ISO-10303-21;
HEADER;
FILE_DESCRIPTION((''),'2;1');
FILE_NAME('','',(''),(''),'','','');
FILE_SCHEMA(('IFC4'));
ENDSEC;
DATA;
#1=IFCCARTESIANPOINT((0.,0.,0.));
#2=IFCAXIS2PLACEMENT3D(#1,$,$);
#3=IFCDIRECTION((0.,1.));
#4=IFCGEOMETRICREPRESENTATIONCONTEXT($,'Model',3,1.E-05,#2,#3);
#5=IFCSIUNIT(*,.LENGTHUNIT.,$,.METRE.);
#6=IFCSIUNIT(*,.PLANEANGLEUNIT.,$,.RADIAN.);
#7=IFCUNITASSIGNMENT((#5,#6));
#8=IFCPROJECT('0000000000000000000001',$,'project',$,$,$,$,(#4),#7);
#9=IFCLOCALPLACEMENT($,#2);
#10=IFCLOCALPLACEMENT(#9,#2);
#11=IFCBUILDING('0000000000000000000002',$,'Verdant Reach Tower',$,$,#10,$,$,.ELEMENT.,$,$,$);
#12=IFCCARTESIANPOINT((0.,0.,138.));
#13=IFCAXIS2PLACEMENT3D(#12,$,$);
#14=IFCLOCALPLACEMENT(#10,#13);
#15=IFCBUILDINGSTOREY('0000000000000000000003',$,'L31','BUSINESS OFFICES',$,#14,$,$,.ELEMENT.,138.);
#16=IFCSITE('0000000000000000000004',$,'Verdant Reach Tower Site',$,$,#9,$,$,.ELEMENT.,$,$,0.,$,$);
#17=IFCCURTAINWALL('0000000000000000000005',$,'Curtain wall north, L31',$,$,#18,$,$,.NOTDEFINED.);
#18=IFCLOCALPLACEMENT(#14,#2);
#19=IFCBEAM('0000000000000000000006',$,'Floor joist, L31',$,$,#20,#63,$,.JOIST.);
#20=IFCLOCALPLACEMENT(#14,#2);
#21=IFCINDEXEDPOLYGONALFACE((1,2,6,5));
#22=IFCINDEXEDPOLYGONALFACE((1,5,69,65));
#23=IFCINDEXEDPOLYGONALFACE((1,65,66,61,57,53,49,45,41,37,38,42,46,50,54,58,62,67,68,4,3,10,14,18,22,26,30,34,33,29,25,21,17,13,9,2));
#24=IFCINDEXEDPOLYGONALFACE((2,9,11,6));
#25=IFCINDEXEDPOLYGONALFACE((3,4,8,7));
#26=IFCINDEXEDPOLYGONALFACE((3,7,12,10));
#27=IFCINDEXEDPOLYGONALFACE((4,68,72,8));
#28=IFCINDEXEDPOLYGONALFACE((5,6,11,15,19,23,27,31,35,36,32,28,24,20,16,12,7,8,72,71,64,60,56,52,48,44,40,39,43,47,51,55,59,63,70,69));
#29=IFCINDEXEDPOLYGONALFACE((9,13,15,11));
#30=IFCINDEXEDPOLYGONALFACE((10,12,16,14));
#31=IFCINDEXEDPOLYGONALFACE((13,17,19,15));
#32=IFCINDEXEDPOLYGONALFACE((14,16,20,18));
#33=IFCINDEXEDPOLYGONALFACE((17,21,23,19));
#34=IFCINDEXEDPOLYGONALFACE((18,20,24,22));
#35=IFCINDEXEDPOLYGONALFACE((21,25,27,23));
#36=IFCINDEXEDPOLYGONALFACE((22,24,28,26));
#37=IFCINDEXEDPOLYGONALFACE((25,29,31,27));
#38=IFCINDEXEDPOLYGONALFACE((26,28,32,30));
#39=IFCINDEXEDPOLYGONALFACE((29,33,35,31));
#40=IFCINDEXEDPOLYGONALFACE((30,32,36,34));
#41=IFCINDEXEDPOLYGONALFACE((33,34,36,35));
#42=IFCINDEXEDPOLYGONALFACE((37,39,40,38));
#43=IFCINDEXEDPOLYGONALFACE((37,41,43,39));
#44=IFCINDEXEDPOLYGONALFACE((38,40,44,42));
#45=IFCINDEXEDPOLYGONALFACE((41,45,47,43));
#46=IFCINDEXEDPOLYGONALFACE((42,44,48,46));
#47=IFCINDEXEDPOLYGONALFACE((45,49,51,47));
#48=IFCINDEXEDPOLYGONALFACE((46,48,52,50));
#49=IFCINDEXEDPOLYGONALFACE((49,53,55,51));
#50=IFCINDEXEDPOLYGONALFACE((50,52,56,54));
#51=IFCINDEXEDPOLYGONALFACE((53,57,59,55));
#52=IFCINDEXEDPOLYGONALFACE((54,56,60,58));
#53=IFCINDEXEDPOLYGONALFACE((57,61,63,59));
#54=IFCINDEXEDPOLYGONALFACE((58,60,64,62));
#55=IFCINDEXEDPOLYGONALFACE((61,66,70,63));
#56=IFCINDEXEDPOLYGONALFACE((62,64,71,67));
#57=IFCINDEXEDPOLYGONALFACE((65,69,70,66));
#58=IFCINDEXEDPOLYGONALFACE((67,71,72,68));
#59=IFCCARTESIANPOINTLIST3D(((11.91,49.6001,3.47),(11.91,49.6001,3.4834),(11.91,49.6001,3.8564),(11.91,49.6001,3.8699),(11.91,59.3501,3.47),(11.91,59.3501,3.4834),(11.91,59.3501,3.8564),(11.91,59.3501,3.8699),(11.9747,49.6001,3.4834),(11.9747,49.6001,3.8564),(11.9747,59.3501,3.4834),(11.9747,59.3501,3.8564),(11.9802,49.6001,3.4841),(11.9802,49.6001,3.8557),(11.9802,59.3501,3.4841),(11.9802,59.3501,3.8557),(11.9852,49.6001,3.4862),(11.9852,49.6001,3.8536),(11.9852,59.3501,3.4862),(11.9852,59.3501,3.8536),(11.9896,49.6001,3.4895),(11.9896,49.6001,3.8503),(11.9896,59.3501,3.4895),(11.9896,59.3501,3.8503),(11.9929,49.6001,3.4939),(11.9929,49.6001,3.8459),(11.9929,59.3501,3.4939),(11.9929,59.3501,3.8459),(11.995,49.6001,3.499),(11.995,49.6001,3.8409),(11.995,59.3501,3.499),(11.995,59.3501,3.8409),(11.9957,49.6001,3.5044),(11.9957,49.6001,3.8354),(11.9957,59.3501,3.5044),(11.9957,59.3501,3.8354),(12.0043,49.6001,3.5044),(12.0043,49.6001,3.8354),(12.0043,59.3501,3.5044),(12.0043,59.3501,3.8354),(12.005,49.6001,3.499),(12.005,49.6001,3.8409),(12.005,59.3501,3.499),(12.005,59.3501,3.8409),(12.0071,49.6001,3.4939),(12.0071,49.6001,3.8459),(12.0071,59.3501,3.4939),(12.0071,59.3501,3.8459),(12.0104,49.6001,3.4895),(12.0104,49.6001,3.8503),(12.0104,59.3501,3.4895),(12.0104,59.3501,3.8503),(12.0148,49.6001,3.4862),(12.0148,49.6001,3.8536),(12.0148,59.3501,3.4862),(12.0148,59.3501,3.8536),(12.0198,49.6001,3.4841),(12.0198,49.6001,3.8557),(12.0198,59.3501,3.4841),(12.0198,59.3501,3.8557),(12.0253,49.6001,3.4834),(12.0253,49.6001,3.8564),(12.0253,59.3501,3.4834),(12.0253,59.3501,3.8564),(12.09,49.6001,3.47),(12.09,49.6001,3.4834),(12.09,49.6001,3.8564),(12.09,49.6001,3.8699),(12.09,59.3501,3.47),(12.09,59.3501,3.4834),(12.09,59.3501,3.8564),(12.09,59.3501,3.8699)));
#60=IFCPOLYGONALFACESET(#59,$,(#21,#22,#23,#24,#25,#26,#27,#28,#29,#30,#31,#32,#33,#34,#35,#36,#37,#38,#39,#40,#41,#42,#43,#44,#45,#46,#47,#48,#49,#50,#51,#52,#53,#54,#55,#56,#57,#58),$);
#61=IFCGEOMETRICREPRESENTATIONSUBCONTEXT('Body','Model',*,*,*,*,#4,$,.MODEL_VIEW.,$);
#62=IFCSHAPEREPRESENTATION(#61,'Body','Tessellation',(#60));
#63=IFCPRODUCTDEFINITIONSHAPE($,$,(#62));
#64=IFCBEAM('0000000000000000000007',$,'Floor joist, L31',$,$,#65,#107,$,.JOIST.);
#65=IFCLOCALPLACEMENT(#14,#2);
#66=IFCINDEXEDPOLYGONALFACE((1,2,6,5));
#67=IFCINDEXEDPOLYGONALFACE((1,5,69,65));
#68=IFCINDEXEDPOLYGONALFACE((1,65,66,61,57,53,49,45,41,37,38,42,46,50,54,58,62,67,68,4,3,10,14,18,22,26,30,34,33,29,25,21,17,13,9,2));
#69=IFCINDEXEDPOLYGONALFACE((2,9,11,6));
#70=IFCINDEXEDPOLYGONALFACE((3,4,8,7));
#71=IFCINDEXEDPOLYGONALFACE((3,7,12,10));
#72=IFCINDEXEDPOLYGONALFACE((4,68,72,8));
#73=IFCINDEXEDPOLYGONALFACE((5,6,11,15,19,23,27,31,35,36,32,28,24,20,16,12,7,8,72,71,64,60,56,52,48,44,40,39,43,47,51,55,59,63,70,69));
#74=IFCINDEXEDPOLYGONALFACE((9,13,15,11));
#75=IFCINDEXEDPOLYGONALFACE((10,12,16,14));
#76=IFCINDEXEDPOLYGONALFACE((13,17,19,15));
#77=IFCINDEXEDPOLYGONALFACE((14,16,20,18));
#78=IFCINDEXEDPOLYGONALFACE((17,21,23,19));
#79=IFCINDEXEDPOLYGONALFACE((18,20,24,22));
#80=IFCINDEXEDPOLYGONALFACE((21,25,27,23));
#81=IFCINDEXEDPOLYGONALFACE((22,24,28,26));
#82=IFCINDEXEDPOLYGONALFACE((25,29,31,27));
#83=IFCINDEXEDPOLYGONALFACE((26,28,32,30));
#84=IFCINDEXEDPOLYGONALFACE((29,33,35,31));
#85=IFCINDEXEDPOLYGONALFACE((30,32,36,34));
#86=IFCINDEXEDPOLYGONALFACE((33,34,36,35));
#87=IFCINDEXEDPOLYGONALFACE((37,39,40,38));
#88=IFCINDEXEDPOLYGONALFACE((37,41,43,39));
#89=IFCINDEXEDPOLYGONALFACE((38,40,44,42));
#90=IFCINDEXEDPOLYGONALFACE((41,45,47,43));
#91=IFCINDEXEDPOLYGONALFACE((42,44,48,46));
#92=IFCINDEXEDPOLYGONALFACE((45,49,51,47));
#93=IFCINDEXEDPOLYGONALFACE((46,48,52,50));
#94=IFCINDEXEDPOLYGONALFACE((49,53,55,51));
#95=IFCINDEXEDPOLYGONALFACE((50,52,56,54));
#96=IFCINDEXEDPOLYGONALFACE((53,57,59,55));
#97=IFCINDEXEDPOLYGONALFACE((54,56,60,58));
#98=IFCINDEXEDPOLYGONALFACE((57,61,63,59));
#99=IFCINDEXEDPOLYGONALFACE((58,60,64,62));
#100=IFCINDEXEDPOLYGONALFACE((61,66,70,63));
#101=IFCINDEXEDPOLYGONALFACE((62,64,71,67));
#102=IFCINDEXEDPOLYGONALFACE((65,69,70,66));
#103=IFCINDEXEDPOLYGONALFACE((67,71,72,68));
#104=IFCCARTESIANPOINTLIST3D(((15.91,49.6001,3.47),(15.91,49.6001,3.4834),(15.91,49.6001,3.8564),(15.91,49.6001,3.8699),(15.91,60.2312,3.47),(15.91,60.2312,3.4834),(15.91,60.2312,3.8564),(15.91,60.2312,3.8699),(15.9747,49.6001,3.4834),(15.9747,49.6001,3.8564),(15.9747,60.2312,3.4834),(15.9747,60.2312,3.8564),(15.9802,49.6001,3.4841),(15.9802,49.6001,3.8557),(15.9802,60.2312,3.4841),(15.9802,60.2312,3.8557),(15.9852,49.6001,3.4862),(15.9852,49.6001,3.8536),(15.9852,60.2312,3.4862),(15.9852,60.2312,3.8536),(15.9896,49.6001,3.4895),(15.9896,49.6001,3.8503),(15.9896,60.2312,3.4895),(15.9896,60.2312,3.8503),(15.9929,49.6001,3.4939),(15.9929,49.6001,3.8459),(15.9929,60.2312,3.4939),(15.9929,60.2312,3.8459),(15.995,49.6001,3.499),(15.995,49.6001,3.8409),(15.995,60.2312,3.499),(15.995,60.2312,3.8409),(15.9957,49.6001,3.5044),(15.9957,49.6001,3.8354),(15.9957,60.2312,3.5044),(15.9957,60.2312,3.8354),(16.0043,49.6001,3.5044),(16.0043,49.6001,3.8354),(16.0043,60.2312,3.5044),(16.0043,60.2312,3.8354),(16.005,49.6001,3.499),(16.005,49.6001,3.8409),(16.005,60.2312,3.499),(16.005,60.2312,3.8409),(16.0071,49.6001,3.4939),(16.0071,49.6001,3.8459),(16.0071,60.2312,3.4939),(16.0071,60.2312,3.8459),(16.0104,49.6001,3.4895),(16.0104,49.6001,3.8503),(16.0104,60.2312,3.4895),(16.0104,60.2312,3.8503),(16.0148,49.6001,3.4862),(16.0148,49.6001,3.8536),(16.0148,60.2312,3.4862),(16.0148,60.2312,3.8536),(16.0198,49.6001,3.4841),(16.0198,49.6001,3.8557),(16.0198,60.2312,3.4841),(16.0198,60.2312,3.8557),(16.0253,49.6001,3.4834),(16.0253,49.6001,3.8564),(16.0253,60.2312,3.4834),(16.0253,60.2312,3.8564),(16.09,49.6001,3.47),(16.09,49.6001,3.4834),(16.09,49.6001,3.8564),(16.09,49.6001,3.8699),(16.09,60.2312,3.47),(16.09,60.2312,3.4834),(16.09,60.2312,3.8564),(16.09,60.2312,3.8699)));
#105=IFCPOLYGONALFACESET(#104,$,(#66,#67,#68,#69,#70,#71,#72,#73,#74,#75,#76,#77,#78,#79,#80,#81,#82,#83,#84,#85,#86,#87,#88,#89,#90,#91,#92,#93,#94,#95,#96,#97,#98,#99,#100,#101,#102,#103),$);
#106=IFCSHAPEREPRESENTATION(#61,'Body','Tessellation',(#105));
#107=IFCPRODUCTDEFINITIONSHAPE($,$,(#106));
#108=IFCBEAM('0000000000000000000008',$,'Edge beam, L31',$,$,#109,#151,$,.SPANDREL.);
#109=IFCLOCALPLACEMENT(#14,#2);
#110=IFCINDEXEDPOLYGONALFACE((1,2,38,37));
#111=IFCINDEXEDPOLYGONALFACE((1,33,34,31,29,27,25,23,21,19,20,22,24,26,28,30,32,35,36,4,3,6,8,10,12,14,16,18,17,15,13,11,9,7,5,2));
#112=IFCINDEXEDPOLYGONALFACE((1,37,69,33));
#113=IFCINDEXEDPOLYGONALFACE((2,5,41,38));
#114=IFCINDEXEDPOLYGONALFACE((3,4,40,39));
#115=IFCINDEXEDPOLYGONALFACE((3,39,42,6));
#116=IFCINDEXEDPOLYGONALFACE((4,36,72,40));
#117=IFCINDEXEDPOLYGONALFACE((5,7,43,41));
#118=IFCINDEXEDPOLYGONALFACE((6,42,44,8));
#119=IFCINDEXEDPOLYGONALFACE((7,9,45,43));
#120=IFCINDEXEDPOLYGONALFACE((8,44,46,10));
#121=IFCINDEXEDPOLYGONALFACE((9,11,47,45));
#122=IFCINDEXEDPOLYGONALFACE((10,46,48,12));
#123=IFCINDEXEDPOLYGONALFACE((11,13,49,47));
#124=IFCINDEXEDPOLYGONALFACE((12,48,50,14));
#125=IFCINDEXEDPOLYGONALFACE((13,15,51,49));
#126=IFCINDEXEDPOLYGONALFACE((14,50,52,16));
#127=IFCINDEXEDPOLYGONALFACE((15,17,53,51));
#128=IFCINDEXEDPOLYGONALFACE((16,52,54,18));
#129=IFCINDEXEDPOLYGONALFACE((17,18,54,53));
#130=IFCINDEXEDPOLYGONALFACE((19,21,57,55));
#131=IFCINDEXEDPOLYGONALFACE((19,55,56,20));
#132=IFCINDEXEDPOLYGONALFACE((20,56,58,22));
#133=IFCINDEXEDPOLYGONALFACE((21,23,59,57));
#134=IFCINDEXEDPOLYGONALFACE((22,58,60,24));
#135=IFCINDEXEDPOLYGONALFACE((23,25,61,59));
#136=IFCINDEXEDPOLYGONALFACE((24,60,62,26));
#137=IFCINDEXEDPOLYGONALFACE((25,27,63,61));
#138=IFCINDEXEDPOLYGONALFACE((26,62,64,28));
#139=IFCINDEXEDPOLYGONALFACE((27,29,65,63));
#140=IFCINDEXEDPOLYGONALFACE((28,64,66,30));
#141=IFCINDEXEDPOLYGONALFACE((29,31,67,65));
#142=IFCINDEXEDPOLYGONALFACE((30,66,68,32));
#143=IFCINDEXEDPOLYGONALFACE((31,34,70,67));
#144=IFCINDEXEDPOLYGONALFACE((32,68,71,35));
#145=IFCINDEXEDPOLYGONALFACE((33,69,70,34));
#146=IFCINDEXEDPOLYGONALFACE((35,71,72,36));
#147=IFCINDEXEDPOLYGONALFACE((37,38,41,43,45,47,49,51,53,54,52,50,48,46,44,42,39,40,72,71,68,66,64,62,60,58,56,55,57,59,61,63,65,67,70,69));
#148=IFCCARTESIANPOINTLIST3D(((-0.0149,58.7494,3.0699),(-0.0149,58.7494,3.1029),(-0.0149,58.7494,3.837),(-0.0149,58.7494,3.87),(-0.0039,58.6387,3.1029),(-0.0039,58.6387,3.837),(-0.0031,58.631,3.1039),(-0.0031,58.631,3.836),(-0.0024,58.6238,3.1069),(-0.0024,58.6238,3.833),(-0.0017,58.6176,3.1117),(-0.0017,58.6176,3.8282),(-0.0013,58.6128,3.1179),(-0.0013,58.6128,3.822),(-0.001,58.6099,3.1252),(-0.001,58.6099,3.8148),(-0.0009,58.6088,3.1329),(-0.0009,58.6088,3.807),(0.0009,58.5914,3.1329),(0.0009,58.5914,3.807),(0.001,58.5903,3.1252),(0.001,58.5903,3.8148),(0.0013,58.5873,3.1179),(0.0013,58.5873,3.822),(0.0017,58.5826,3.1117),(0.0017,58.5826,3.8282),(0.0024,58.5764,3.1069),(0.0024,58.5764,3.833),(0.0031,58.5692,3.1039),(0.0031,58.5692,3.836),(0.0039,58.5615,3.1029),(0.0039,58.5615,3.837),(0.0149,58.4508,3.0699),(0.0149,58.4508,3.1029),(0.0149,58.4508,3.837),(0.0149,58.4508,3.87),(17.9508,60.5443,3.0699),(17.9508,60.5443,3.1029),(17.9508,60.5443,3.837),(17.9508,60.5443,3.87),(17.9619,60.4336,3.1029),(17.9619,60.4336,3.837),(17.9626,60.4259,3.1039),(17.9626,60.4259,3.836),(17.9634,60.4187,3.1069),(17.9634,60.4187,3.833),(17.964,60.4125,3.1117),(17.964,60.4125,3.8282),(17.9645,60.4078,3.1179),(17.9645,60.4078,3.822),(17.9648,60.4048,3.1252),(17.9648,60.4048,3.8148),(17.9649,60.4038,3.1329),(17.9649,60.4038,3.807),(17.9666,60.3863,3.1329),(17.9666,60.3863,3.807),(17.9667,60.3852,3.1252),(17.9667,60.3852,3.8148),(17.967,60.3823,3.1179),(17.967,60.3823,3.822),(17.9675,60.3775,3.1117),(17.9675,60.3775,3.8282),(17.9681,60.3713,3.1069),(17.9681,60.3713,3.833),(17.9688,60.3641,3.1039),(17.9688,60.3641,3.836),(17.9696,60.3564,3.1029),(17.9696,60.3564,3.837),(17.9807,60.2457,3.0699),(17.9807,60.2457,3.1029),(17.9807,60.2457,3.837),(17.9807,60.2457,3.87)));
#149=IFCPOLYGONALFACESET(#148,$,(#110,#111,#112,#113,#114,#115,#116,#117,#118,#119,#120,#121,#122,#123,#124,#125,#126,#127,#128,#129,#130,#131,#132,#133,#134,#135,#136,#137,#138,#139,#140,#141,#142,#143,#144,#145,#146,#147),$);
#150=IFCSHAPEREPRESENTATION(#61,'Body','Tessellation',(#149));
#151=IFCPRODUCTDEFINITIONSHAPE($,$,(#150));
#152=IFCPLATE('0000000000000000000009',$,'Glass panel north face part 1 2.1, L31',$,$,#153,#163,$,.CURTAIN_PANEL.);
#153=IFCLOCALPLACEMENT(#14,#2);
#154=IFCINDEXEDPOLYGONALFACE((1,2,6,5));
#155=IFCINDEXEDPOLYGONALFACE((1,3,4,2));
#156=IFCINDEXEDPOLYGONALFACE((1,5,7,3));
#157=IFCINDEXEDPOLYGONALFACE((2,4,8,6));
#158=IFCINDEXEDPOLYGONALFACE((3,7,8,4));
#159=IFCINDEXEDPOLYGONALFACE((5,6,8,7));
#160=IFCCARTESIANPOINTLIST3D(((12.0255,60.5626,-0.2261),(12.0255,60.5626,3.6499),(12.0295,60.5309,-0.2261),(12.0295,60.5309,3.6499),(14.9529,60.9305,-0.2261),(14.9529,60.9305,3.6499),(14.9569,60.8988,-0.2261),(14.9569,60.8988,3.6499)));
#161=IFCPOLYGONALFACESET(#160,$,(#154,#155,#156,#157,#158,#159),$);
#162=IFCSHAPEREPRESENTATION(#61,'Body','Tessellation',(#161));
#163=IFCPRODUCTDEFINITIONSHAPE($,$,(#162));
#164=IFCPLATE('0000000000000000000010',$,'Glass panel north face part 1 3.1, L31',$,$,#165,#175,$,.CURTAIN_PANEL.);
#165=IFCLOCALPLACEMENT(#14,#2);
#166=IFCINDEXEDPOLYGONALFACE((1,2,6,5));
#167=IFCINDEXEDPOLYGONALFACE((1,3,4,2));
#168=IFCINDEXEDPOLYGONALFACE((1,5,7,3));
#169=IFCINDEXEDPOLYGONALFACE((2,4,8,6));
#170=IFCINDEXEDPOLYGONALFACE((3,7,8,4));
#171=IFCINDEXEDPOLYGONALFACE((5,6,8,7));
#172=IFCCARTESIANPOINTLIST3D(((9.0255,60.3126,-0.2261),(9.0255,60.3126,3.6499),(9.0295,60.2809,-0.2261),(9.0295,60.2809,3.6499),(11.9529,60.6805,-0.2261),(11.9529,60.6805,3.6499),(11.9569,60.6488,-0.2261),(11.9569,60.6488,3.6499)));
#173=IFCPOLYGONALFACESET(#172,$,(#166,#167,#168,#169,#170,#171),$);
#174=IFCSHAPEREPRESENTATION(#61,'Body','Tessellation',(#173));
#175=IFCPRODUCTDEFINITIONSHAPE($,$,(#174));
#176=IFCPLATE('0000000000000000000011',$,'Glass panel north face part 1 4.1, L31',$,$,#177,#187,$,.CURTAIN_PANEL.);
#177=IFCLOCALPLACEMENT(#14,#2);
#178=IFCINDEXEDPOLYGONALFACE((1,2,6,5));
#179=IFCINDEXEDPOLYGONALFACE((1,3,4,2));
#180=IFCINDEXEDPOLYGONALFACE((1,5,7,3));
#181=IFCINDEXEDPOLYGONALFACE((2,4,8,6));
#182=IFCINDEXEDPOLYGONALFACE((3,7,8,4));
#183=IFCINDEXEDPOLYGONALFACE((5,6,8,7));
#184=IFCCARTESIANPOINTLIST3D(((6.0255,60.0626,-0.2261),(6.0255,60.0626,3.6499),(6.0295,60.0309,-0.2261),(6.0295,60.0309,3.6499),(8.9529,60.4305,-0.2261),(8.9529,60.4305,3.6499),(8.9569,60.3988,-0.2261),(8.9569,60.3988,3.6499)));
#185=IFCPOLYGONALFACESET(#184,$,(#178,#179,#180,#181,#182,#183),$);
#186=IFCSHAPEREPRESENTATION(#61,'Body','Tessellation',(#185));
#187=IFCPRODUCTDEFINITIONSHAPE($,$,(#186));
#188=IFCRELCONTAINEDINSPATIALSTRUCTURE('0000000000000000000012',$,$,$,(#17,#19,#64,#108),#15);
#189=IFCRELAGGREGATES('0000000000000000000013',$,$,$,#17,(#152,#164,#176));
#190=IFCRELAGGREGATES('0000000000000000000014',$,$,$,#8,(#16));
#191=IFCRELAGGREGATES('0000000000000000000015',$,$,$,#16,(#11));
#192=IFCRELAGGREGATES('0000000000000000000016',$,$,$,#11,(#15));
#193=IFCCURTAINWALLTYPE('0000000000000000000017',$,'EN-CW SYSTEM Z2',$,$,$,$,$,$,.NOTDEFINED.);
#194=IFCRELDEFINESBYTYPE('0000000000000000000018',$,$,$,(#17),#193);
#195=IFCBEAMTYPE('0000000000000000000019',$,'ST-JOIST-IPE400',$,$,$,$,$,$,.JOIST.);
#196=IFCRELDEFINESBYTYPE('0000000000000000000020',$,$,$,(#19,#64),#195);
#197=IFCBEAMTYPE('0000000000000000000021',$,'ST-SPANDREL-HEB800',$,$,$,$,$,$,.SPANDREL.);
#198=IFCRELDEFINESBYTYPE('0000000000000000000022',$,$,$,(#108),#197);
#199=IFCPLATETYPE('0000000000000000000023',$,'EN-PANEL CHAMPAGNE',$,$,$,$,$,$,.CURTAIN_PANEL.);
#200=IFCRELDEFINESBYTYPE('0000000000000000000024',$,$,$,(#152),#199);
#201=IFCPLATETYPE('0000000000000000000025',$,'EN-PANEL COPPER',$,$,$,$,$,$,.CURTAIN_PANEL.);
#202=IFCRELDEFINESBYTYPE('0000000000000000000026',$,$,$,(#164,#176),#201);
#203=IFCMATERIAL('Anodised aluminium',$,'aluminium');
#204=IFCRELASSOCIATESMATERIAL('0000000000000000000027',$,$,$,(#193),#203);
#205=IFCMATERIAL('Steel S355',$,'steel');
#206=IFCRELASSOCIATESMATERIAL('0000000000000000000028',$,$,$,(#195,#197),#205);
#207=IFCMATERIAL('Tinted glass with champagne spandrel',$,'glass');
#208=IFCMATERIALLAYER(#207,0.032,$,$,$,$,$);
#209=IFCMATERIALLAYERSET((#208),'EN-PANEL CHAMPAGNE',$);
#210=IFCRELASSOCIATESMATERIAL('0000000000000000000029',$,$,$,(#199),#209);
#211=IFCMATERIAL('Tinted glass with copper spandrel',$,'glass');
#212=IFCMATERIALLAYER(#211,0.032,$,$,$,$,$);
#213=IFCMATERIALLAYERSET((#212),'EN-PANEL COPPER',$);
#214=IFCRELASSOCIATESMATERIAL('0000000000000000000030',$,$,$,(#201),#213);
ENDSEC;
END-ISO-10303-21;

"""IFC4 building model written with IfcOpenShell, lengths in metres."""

from ifc_helpers import new_model, si_unit, direction, frame, origin, origin_2d, place, context, subcontext, project, spatial, rectangle, i_section, extrude, material, layer, layer_set, material_profile, profile_set, type_object, element, aggregate, save


model = new_model("IFC4")

# Units and contexts
model_context = context("Model", 3, precision=1e-05, world=origin(), true_north=direction((0.0, 1.0)))
body_context = subcontext(model_context, "Body", "Model", "MODEL_VIEW")
ifc_project = project(units=[si_unit("LENGTHUNIT", "METRE"), si_unit("PLANEANGLEUNIT", "RADIAN")], contexts=[model_context])

# Site, building, storey
site_placement = place(None, origin())
site = spatial("IfcSite", under=ifc_project, at=site_placement, Name="Verdant Reach Tower Site", CompositionType="ELEMENT", RefElevation=0.0)
building_placement = place(site_placement, origin())
building = spatial("IfcBuilding", under=site, at=building_placement, Name="Verdant Reach Tower", CompositionType="ELEMENT")
storey_placement = place(building_placement, frame((0.0, 0.0, 138.0)))
storey = spatial("IfcBuildingStorey", under=building, at=storey_placement, Name="L31", Description="BUSINESS OFFICES", CompositionType="ELEMENT", Elevation=138.0)

# Curtain wall
ifc_material_1 = material(Name="Anodised aluminium", Category="aluminium")
curtain_wall_type = type_object("IfcCurtainWallType", Name="EN-CW SYSTEM Z2", PredefinedType="NOTDEFINED", material=ifc_material_1)
curtain_wall_placement = place(storey_placement, origin())
curtain_wall = element("IfcCurtainWall", 1, at=curtain_wall_placement, inside=storey, type_object=curtain_wall_type, Name="Curtain wall north, L31", PredefinedType="NOTDEFINED")

# Beams
ifc_material_2 = material(Name="Steel S355", Category="steel")
ifc_material_profile_1 = material_profile(ifc_material_2, i_section(OverallWidth=0.1799, OverallDepth=0.3999, WebThickness=0.0085, FlangeThickness=0.0134, FilletRadius=0.021, at=origin_2d()), Name="IPE 400")
ifc_profile_set_1 = profile_set([ifc_material_profile_1], Name="Steel S355")
beam_type_1 = type_object("IfcBeamType", Name="ST-JOIST-IPE400", PredefinedType="JOIST", material=ifc_profile_set_1)
beam_1_placement = place(storey_placement, frame((12.0, 49.6001, 3.6699), z_axis=(0.0, 1.0, 0.0), x_axis=(-1.0, 0.0, 0.0)))
element("IfcBeam", 2, at=beam_1_placement, inside=storey, type_object=beam_type_1, Name="Floor joist, L31", PredefinedType="JOIST", context=body_context, shape_type="SweptSolid", body=[
    extrude(i_section(OverallWidth=0.1799, OverallDepth=0.3999, WebThickness=0.0085, FlangeThickness=0.0134, FilletRadius=0.021, at=origin_2d()), origin(), (0.0, 0.0, 1.0), 9.75),
])
beam_2_placement = place(storey_placement, frame((16.0, 49.6001, 3.6699), z_axis=(0.0, 1.0, 0.0), x_axis=(-1.0, 0.0, 0.0)))
element("IfcBeam", 3, at=beam_2_placement, inside=storey, type_object=beam_type_1, Name="Floor joist, L31", PredefinedType="JOIST", context=body_context, shape_type="SweptSolid", body=[
    extrude(i_section(OverallWidth=0.1799, OverallDepth=0.3999, WebThickness=0.0085, FlangeThickness=0.0134, FilletRadius=0.021, at=origin_2d()), origin(), (0.0, 0.0, 1.0), 10.6311),
])
ifc_material_profile_2 = material_profile(ifc_material_2, i_section(OverallWidth=0.3, OverallDepth=0.8, WebThickness=0.0176, FlangeThickness=0.033, FilletRadius=0.03, at=origin_2d()), Name="HEB 800")
ifc_profile_set_2 = profile_set([ifc_material_profile_2], Name="Steel S355")
beam_type_2 = type_object("IfcBeamType", Name="ST-SPANDREL-HEB800", PredefinedType="SPANDREL", material=ifc_profile_set_2)
beam_3_placement = place(storey_placement, frame((0.0, 58.6001, 3.47), z_axis=(0.995046, 0.099413, 0.0), x_axis=(-0.099413, 0.995046, 0.0)))
element("IfcBeam", 4, at=beam_3_placement, inside=storey, type_object=beam_type_2, Name="Edge beam, L31", PredefinedType="SPANDREL", context=body_context, shape_type="SweptSolid", body=[
    extrude(i_section(OverallWidth=0.3, OverallDepth=0.8, WebThickness=0.0176, FlangeThickness=0.033, FilletRadius=0.03, at=origin_2d()), origin(), (0.0, 0.0, 1.0), 18.0552),
])

# Plates
ifc_material_3 = material(Name="Tinted glass with champagne spandrel", Category="glass")
ifc_layer_1 = layer(ifc_material_3, 0.032)
ifc_layer_set_1 = layer_set([ifc_layer_1], Name="EN-PANEL CHAMPAGNE")
plate_type_1 = type_object("IfcPlateType", Name="EN-PANEL CHAMPAGNE", PredefinedType="CURTAIN_PANEL", material=ifc_layer_set_1)
plate_1_placement = place(storey_placement, frame((13.4912, 60.7307, -0.2261), z_axis=(0.0, 0.0, 1.0), x_axis=(-0.992194, -0.124704, 0.0)))
plate_1 = element("IfcPlate", 5, at=plate_1_placement, type_object=plate_type_1, Name="Glass panel north face part 1 2.1, L31", PredefinedType="CURTAIN_PANEL", context=body_context, shape_type="SweptSolid", body=[
    extrude(rectangle(XDim=2.9504, YDim=0.032, at=origin_2d()), origin(), (0.0, 0.0, 1.0), 3.876),
])
ifc_material_4 = material(Name="Tinted glass with copper spandrel", Category="glass")
ifc_layer_2 = layer(ifc_material_4, 0.032)
ifc_layer_set_2 = layer_set([ifc_layer_2], Name="EN-PANEL COPPER")
plate_type_2 = type_object("IfcPlateType", Name="EN-PANEL COPPER", PredefinedType="CURTAIN_PANEL", material=ifc_layer_set_2)
plate_2_placement = place(storey_placement, frame((10.4912, 60.4807, -0.2261), z_axis=(0.0, 0.0, 1.0), x_axis=(-0.992194, -0.124704, 0.0)))
plate_2 = element("IfcPlate", 6, at=plate_2_placement, type_object=plate_type_2, Name="Glass panel north face part 1 3.1, L31", PredefinedType="CURTAIN_PANEL", context=body_context, shape_type="SweptSolid", body=[
    extrude(rectangle(XDim=2.9504, YDim=0.032, at=origin_2d()), origin(), (0.0, 0.0, 1.0), 3.876),
])
plate_3_placement = place(storey_placement, frame((7.4912, 60.2307, -0.2261), z_axis=(0.0, 0.0, 1.0), x_axis=(-0.992194, -0.124704, 0.0)))
plate_3 = element("IfcPlate", 7, at=plate_3_placement, type_object=plate_type_2, Name="Glass panel north face part 1 4.1, L31", PredefinedType="CURTAIN_PANEL", context=body_context, shape_type="SweptSolid", body=[
    extrude(rectangle(XDim=2.9504, YDim=0.032, at=origin_2d()), origin(), (0.0, 0.0, 1.0), 3.876),
])
aggregate(curtain_wall, [plate_1, plate_2, plate_3])

save(model, "model.ifc")
